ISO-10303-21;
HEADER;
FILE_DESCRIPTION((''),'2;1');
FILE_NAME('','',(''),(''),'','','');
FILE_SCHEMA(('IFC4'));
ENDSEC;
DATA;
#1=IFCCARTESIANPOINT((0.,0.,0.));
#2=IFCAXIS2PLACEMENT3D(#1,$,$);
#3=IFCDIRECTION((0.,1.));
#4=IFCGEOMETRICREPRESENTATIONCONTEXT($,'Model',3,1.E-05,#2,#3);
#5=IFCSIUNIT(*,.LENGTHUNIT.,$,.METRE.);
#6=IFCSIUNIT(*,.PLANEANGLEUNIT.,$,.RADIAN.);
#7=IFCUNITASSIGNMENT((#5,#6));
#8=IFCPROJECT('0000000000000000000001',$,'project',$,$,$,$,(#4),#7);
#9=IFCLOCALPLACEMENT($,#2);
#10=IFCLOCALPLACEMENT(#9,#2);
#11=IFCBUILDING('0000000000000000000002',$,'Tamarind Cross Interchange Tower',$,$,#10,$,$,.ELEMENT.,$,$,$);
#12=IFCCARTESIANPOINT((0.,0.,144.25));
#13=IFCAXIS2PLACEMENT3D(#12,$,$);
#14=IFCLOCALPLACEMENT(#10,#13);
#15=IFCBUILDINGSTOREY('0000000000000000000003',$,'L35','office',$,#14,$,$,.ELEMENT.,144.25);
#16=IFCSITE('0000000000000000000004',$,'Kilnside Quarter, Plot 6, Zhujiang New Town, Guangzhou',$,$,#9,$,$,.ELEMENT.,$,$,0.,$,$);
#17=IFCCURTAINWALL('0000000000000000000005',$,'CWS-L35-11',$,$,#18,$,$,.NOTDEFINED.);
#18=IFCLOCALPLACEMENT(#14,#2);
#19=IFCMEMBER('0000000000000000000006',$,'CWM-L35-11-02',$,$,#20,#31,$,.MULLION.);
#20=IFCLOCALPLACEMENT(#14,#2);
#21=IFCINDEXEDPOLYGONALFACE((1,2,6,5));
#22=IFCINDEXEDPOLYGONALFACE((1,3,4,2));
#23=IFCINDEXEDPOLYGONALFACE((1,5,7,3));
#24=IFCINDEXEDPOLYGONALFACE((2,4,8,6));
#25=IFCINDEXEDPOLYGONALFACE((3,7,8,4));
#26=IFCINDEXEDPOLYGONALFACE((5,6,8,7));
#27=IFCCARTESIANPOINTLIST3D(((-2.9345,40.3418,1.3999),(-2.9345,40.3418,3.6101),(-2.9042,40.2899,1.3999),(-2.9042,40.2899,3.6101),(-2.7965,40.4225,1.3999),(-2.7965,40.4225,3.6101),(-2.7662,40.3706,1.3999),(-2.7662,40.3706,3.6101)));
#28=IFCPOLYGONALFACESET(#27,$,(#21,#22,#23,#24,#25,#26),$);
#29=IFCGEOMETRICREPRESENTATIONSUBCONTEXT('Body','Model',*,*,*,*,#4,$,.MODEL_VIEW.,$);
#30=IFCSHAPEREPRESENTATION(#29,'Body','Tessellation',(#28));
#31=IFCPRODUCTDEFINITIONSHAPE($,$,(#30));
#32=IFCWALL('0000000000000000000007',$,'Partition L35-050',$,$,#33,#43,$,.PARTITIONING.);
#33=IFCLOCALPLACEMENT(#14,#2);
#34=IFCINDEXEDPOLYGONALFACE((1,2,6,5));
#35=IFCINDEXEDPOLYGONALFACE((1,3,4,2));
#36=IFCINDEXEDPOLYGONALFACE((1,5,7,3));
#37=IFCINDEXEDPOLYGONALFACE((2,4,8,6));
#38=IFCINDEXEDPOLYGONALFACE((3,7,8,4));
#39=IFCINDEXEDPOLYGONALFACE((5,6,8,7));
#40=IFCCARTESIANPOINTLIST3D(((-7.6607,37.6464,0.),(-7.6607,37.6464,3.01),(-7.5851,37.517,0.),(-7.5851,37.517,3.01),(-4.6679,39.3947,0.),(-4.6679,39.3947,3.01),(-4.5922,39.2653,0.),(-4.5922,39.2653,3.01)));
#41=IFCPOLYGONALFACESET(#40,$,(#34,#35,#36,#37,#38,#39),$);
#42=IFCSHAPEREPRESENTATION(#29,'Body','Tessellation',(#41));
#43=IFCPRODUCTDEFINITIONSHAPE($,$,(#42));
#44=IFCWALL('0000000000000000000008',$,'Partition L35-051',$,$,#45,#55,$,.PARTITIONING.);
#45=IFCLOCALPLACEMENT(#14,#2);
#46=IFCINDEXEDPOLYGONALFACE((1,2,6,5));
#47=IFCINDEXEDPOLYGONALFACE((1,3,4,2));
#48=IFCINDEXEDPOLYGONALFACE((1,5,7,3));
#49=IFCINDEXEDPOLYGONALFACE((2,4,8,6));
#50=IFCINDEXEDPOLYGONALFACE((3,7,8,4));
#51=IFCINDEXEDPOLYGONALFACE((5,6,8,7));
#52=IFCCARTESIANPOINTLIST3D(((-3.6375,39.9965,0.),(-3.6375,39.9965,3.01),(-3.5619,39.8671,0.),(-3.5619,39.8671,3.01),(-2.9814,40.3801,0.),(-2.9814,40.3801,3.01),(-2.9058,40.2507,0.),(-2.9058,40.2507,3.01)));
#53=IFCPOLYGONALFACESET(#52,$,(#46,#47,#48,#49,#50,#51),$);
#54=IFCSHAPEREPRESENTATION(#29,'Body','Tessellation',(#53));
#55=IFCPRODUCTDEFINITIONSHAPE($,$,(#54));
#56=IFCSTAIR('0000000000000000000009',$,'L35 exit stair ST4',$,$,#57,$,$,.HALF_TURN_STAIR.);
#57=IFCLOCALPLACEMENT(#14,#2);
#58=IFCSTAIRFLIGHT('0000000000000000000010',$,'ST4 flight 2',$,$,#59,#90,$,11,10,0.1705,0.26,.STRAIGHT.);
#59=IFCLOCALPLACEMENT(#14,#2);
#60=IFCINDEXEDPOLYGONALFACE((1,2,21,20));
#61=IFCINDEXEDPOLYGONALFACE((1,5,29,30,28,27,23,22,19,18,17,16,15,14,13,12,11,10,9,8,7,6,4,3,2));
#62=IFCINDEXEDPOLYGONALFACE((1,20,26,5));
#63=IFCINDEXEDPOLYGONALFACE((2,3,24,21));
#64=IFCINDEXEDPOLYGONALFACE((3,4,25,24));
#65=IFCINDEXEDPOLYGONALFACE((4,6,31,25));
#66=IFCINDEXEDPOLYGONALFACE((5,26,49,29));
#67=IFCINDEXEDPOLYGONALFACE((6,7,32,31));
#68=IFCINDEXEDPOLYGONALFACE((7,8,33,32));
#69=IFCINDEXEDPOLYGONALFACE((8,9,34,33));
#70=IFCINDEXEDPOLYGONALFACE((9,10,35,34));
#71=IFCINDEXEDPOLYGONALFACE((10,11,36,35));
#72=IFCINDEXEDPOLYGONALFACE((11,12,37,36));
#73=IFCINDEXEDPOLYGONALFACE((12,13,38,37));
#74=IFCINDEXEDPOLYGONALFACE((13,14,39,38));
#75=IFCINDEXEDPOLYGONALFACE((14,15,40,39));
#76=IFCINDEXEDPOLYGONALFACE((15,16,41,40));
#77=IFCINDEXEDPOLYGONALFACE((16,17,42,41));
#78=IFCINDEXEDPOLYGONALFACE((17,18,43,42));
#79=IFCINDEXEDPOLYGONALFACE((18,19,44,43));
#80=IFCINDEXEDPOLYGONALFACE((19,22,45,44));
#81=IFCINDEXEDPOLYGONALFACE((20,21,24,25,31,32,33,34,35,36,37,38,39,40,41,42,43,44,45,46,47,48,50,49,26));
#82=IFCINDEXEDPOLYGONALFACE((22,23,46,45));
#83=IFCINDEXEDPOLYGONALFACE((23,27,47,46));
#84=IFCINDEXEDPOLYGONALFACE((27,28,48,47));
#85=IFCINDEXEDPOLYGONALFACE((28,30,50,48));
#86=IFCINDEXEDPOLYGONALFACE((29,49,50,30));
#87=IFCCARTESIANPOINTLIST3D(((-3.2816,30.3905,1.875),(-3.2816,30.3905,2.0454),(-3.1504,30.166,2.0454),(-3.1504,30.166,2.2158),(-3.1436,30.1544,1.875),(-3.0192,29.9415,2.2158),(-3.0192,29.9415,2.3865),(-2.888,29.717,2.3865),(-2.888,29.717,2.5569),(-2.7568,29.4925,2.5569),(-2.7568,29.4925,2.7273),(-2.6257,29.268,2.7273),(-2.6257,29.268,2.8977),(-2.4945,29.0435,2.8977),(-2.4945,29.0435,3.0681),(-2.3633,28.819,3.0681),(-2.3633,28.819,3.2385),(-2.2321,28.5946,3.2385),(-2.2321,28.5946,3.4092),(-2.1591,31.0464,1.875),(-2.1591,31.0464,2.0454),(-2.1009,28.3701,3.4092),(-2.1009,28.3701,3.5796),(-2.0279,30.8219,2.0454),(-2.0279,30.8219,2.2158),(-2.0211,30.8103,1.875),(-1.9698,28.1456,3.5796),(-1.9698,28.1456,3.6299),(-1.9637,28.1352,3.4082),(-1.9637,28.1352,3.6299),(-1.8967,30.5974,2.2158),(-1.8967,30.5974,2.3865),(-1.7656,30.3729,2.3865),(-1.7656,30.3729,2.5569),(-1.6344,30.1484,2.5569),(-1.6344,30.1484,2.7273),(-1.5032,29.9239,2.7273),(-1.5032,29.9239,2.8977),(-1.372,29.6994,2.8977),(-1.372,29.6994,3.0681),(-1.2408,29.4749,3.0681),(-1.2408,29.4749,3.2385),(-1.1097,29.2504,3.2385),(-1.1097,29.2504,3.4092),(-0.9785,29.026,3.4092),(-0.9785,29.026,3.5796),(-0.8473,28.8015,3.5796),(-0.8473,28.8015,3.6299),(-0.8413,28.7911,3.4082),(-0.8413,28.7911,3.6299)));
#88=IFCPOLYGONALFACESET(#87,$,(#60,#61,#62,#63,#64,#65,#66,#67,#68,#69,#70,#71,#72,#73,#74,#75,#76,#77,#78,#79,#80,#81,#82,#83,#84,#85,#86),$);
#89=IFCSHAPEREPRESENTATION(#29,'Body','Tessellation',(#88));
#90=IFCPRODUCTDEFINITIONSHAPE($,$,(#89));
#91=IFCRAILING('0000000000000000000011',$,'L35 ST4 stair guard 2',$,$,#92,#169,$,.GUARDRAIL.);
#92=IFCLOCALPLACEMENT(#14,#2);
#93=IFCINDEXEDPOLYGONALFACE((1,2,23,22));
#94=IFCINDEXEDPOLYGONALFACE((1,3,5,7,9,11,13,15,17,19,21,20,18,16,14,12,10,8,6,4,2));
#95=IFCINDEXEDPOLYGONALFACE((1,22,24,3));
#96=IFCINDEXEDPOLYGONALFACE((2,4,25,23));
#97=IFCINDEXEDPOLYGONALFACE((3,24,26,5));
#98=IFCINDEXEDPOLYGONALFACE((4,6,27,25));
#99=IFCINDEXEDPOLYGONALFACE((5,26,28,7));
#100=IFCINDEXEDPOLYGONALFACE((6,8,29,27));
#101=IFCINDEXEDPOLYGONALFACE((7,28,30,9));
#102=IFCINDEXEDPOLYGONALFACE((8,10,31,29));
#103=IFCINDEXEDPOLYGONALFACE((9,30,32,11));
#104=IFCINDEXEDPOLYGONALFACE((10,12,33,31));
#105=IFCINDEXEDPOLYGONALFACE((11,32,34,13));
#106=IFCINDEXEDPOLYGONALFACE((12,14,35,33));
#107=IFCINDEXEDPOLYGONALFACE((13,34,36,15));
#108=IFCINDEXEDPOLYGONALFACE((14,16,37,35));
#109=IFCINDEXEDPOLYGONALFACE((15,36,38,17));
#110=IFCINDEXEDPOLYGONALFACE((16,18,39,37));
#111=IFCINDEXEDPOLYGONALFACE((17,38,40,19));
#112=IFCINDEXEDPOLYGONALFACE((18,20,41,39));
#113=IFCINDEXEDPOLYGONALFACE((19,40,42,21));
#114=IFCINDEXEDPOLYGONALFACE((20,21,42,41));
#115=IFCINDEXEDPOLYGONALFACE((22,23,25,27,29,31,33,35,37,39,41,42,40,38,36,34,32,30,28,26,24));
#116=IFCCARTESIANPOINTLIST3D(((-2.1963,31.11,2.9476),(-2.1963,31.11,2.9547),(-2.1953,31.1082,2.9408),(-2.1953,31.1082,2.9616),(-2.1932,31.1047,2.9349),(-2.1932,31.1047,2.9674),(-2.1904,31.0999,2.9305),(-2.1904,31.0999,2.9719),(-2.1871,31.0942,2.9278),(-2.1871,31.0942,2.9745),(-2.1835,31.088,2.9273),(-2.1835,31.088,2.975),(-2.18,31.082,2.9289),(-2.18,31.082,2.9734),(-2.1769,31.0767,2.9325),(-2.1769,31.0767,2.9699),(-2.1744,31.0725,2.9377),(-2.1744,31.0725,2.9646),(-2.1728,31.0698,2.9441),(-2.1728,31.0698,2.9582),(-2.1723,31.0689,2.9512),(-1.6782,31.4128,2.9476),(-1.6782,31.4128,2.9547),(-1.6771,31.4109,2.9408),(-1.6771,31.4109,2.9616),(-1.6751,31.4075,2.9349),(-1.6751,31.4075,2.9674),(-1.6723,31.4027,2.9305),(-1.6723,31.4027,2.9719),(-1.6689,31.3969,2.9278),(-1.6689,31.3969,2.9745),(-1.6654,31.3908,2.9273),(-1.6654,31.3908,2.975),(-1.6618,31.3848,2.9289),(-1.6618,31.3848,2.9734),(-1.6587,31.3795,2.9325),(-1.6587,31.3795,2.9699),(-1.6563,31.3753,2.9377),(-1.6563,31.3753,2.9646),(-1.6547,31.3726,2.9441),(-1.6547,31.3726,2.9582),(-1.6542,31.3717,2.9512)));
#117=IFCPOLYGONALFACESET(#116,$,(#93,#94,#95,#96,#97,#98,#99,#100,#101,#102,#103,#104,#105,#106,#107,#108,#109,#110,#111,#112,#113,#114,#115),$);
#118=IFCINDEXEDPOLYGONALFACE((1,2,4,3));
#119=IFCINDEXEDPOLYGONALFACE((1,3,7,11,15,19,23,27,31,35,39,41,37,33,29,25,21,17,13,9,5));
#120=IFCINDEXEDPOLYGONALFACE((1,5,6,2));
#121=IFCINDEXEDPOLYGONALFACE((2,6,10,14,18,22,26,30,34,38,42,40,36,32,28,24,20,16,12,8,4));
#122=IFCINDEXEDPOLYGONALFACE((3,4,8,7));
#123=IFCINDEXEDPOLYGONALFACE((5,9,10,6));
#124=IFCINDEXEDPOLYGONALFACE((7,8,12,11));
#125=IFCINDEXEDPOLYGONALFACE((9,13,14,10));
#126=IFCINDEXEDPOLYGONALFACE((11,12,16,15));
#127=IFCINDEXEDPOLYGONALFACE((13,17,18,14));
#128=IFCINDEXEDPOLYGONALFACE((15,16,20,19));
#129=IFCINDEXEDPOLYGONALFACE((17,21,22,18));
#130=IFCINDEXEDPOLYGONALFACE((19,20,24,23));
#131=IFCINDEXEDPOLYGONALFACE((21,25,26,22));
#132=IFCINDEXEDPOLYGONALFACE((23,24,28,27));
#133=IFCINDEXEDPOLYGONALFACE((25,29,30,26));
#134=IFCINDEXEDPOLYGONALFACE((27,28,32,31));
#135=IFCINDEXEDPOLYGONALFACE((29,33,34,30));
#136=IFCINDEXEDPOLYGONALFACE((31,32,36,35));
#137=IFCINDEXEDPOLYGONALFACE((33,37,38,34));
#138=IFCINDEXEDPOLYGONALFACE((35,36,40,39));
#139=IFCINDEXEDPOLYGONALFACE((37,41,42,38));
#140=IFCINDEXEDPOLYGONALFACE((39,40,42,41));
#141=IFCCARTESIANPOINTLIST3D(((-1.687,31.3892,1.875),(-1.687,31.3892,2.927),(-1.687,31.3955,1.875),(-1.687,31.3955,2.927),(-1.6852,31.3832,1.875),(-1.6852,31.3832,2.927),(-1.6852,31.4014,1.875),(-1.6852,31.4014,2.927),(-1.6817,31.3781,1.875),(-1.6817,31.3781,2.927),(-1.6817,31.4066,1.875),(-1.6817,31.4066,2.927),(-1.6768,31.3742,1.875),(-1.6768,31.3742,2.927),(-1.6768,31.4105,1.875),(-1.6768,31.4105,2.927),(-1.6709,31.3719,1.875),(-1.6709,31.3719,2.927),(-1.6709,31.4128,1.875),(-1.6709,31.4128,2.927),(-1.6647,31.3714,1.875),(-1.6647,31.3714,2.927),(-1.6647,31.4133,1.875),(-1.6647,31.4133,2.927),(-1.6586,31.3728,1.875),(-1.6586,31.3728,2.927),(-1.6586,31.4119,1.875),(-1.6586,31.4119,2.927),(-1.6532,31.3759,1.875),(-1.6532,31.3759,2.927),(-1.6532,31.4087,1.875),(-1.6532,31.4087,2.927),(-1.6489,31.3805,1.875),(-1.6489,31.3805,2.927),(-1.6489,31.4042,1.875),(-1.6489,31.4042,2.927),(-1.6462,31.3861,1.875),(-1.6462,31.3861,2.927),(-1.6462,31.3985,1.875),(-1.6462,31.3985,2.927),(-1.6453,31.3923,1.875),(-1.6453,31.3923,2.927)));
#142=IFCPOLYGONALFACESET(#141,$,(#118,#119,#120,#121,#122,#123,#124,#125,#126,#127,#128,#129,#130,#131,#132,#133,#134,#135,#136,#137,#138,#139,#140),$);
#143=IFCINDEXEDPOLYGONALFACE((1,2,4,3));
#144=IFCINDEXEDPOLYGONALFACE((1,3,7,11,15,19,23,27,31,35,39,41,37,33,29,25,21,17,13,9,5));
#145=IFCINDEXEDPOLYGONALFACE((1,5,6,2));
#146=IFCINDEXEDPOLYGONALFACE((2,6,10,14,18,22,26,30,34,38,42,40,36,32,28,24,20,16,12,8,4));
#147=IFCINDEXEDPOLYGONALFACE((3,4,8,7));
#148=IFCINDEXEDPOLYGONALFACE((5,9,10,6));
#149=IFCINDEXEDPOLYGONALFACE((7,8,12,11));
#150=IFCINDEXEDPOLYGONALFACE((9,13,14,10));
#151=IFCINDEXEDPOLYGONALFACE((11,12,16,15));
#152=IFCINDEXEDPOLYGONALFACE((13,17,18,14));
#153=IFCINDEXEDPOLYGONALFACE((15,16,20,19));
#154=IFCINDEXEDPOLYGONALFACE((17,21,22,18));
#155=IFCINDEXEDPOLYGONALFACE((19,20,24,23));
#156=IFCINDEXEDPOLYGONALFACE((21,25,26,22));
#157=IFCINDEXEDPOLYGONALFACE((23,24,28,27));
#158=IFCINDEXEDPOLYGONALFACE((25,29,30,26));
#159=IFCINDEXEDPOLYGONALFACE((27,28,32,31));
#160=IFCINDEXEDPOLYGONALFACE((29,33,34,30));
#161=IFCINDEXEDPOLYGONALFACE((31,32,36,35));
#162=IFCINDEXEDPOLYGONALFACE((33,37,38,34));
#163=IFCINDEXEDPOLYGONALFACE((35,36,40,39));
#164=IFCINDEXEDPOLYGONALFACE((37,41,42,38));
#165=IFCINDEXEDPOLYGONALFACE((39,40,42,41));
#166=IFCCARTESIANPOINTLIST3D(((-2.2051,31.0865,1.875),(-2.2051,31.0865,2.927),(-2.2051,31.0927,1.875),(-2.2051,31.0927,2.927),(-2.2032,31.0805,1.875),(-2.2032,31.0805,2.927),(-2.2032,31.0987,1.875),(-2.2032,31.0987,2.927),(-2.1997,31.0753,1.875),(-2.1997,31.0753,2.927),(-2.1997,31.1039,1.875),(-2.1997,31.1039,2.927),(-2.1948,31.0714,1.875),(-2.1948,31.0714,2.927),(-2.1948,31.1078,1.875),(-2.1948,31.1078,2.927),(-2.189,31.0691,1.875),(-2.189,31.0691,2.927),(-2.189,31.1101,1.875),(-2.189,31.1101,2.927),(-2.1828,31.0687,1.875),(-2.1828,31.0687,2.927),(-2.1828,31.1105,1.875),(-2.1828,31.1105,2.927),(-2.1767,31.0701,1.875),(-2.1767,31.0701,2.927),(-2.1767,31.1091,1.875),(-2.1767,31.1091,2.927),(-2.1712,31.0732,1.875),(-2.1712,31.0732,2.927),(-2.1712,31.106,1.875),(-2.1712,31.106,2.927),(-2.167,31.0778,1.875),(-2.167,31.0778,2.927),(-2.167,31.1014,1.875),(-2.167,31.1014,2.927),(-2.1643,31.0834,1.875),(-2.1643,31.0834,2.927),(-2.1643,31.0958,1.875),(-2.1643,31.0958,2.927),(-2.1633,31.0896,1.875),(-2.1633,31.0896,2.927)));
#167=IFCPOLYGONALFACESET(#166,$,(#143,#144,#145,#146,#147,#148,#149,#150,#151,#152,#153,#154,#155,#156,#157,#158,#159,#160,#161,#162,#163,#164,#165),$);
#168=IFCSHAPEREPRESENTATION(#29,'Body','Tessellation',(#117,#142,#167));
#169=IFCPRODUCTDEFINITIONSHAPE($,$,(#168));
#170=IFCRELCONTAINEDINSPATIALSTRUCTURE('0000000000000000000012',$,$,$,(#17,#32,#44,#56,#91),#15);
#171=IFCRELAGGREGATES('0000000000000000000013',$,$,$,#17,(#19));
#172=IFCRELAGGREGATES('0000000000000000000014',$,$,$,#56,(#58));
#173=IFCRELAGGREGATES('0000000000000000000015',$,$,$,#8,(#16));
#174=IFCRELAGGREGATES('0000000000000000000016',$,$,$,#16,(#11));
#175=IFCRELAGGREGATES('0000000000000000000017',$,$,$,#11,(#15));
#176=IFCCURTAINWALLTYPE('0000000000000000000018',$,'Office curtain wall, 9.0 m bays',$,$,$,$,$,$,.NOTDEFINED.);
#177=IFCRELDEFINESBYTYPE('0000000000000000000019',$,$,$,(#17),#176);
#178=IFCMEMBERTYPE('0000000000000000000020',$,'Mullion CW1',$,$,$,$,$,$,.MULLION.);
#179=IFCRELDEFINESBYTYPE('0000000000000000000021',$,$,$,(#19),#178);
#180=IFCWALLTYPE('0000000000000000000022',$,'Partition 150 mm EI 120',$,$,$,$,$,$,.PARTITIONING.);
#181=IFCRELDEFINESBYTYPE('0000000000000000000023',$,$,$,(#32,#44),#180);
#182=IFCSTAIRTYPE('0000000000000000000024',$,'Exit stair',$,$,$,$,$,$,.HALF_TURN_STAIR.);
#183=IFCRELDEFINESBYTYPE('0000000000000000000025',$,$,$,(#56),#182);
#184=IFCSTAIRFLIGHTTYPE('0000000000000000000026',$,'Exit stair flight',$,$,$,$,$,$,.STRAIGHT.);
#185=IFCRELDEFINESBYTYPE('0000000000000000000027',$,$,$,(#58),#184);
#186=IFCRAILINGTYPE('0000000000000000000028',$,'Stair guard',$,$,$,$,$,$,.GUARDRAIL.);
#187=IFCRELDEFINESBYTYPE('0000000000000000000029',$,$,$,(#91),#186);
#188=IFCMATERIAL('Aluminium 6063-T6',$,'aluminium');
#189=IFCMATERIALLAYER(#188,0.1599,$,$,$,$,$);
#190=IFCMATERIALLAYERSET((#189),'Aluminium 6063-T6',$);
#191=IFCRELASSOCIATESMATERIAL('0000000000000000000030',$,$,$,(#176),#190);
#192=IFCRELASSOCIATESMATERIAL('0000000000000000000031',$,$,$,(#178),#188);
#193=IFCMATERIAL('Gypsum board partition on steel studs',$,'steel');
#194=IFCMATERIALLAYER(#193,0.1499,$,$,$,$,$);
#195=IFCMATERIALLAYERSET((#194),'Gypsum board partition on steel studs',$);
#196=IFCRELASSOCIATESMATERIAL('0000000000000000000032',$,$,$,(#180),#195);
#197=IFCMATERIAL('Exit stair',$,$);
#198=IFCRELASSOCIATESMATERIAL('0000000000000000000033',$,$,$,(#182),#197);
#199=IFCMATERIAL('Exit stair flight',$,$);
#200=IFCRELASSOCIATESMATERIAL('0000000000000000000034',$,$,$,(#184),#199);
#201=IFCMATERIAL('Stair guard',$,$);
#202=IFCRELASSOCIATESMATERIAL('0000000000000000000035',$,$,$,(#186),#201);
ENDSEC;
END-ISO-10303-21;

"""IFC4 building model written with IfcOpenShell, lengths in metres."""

from ifc_helpers import new_model, si_unit, direction, frame, frame_2d, origin, origin_2d, place, context, subcontext, project, spatial, polyline, rectangle, circle, outline, extrude, material, layer, layer_set, material_profile, profile_set, type_object, element, aggregate, save


model = new_model("IFC4")

# Units and contexts
model_context = context("Model", 3, precision=1e-05, world=origin(), true_north=direction((0.0, 1.0)))
body_context = subcontext(model_context, "Body", "Model", "MODEL_VIEW")
ifc_project = project(units=[si_unit("LENGTHUNIT", "METRE"), si_unit("PLANEANGLEUNIT", "RADIAN")], contexts=[model_context])

# Site, building, storey
site_placement = place(None, origin())
site = spatial("IfcSite", under=ifc_project, at=site_placement, Name="Kilnside Quarter, Plot 6, Zhujiang New Town, Guangzhou", CompositionType="ELEMENT", RefElevation=0.0)
building_placement = place(site_placement, origin())
building = spatial("IfcBuilding", under=site, at=building_placement, Name="Tamarind Cross Interchange Tower", CompositionType="ELEMENT")
storey_placement = place(building_placement, frame((0.0, 0.0, 144.25)))
storey = spatial("IfcBuildingStorey", under=building, at=storey_placement, Name="L35", Description="office", CompositionType="ELEMENT", Elevation=144.25)

# Curtain wall, member
ifc_material_1 = material(Name="Aluminium 6063-T6", Category="aluminium")
ifc_layer_1 = layer(ifc_material_1, 0.1599)
ifc_layer_set_1 = layer_set([ifc_layer_1], Name="Aluminium 6063-T6")
curtain_wall_type = type_object("IfcCurtainWallType", Name="Office curtain wall, 9.0 m bays", PredefinedType="NOTDEFINED", material=ifc_layer_set_1)
curtain_wall_placement = place(storey_placement, origin())
curtain_wall = element("IfcCurtainWall", 1, at=curtain_wall_placement, inside=storey, type_object=curtain_wall_type, Name="CWS-L35-11", PredefinedType="NOTDEFINED")
ifc_material_profile_1 = material_profile(ifc_material_1, rectangle(XDim=0.0601, YDim=0.1599, at=origin_2d()), Name="Mullion CW1")
ifc_profile_set_1 = profile_set([ifc_material_profile_1], Name="Aluminium 6063-T6")
member_type = type_object("IfcMemberType", Name="Mullion CW1", PredefinedType="MULLION", material=ifc_profile_set_1)
member_placement = place(storey_placement, frame((-2.8503, 40.3562, 1.3999), z_axis=(0.0, 0.0, 1.0), x_axis=(-0.504516, 0.863403, 0.0)))
member = element("IfcMember", 2, at=member_placement, type_object=member_type, Name="CWM-L35-11-02", PredefinedType="MULLION", context=body_context, shape_type="SweptSolid", body=[
    extrude(rectangle(XDim=0.0601, YDim=0.1599, at=origin_2d()), origin(), (0.0, 0.0, 1.0), 2.2102),
])
aggregate(curtain_wall, [member])

# Walls
ifc_material_2 = material(Name="Gypsum board partition on steel studs", Category="steel")
ifc_layer_2 = layer(ifc_material_2, 0.1499)
ifc_layer_set_2 = layer_set([ifc_layer_2], Name="Gypsum board partition on steel studs")
wall_type = type_object("IfcWallType", Name="Partition 150 mm EI 120", PredefinedType="PARTITIONING", material=ifc_layer_set_2)
wall_1_placement = place(storey_placement, frame((-7.6228, 37.5818, 0.0), z_axis=(0.0, 0.0, 1.0), x_axis=(0.863475, 0.504392, 0.0)))
element("IfcWall", 3, at=wall_1_placement, inside=storey, type_object=wall_type, Name="Partition L35-050", PredefinedType="PARTITIONING", context=body_context, shape_type="SweptSolid", body=[
    extrude(rectangle(XDim=3.4661, YDim=0.1499, at=frame_2d((1.7329, 0.0))), origin(), (0.0, 0.0, 1.0), 3.01),
])
wall_2_placement = place(storey_placement, frame((-3.5996, 39.9319, 0.0), z_axis=(0.0, 0.0, 1.0), x_axis=(0.863277, 0.50473, 0.0)))
element("IfcWall", 4, at=wall_2_placement, inside=storey, type_object=wall_type, Name="Partition L35-051", PredefinedType="PARTITIONING", context=body_context, shape_type="SweptSolid", body=[
    extrude(rectangle(XDim=0.76, YDim=0.1499, at=frame_2d((0.3799, 0.0))), origin(), (0.0, 0.0, 1.0), 3.01),
])

# Stair, stair flight
ifc_material_3 = material(Name="Exit stair")
stair_type = type_object("IfcStairType", Name="Exit stair", PredefinedType="HALF_TURN_STAIR", material=ifc_material_3)
stair_placement = place(storey_placement, origin())
stair = element("IfcStair", 5, at=stair_placement, inside=storey, type_object=stair_type, Name="L35 exit stair ST4", PredefinedType="HALF_TURN_STAIR")
ifc_material_4 = material(Name="Exit stair flight")
stair_flight_type = type_object("IfcStairFlightType", Name="Exit stair flight", PredefinedType="STRAIGHT", material=ifc_material_4)
stair_flight_placement = place(storey_placement, frame((-2.7202, 30.7185, 1.875), z_axis=(0.0, 0.0, 1.0), x_axis=(0.504516, -0.863403, 0.0)))
stair_flight = element("IfcStairFlight", 6, at=stair_flight_placement, type_object=stair_flight_type, Name="ST4 flight 2", NumberOfRisers=11, NumberOfTreads=10, PredefinedType="STRAIGHT", RiserHeight=0.1705, TreadLength=0.26, context=body_context, shape_type="SweptSolid", body=[
    extrude(outline(polyline([(0.0, 0.0), (0.0, 0.1704), (0.26, 0.1704), (0.26, 0.3408), (0.52, 0.3408), (0.52, 0.5115), (0.78, 0.5115), (0.78, 0.6819), (1.04, 0.6819), (1.04, 0.8523), (1.3, 0.8523), (1.3, 1.0227), (1.5601, 1.0227), (1.5601, 1.1931), (1.8201, 1.1931), (1.8201, 1.3635), (2.0801, 1.3635), (2.0801, 1.5342), (2.3401, 1.5342), (2.3401, 1.7046), (2.6001, 1.7046), (2.6001, 1.7549), (2.6121, 1.7549), (2.6121, 1.5332), (0.2734, 0.0), (0.0, 0.0)])), frame((0.0, 0.6499, 0.0), z_axis=(0.0, -1.0, 0.0), x_axis=(1.0, 0.0, 0.0)), (0.0, 0.0, 1.0), 1.3),
])
aggregate(stair, [stair_flight])

# Railing
ifc_material_5 = material(Name="Stair guard")
railing_type = type_object("IfcRailingType", Name="Stair guard", PredefinedType="GUARDRAIL", material=ifc_material_5)
railing_1_placement = place(storey_placement, frame((-1.6663, 31.3923, 1.875)))
element("IfcRailing", 7, at=railing_1_placement, inside=storey, type_object=railing_type, Name="L35 ST4 stair guard 2", PredefinedType="GUARDRAIL", context=body_context, shape_type="SweptSolid", body=[
    extrude(circle(Radius=0.0239, at=origin_2d()), frame((0.0, 0.0, 1.0762), z_axis=(-0.863395, -0.504529, 0.0), x_axis=(0.504529, -0.863395, 0.0)), (0.0, 0.0, 1.0), 0.6001),
    extrude(circle(Radius=0.021, at=origin_2d()), origin(), (0.0, 0.0, 1.0), 1.052),
    extrude(circle(Radius=0.021, at=origin_2d()), frame((-0.5181, -0.3027, 0.0)), (0.0, 0.0, 1.0), 1.052),
])

save(model, "model.ifc")
